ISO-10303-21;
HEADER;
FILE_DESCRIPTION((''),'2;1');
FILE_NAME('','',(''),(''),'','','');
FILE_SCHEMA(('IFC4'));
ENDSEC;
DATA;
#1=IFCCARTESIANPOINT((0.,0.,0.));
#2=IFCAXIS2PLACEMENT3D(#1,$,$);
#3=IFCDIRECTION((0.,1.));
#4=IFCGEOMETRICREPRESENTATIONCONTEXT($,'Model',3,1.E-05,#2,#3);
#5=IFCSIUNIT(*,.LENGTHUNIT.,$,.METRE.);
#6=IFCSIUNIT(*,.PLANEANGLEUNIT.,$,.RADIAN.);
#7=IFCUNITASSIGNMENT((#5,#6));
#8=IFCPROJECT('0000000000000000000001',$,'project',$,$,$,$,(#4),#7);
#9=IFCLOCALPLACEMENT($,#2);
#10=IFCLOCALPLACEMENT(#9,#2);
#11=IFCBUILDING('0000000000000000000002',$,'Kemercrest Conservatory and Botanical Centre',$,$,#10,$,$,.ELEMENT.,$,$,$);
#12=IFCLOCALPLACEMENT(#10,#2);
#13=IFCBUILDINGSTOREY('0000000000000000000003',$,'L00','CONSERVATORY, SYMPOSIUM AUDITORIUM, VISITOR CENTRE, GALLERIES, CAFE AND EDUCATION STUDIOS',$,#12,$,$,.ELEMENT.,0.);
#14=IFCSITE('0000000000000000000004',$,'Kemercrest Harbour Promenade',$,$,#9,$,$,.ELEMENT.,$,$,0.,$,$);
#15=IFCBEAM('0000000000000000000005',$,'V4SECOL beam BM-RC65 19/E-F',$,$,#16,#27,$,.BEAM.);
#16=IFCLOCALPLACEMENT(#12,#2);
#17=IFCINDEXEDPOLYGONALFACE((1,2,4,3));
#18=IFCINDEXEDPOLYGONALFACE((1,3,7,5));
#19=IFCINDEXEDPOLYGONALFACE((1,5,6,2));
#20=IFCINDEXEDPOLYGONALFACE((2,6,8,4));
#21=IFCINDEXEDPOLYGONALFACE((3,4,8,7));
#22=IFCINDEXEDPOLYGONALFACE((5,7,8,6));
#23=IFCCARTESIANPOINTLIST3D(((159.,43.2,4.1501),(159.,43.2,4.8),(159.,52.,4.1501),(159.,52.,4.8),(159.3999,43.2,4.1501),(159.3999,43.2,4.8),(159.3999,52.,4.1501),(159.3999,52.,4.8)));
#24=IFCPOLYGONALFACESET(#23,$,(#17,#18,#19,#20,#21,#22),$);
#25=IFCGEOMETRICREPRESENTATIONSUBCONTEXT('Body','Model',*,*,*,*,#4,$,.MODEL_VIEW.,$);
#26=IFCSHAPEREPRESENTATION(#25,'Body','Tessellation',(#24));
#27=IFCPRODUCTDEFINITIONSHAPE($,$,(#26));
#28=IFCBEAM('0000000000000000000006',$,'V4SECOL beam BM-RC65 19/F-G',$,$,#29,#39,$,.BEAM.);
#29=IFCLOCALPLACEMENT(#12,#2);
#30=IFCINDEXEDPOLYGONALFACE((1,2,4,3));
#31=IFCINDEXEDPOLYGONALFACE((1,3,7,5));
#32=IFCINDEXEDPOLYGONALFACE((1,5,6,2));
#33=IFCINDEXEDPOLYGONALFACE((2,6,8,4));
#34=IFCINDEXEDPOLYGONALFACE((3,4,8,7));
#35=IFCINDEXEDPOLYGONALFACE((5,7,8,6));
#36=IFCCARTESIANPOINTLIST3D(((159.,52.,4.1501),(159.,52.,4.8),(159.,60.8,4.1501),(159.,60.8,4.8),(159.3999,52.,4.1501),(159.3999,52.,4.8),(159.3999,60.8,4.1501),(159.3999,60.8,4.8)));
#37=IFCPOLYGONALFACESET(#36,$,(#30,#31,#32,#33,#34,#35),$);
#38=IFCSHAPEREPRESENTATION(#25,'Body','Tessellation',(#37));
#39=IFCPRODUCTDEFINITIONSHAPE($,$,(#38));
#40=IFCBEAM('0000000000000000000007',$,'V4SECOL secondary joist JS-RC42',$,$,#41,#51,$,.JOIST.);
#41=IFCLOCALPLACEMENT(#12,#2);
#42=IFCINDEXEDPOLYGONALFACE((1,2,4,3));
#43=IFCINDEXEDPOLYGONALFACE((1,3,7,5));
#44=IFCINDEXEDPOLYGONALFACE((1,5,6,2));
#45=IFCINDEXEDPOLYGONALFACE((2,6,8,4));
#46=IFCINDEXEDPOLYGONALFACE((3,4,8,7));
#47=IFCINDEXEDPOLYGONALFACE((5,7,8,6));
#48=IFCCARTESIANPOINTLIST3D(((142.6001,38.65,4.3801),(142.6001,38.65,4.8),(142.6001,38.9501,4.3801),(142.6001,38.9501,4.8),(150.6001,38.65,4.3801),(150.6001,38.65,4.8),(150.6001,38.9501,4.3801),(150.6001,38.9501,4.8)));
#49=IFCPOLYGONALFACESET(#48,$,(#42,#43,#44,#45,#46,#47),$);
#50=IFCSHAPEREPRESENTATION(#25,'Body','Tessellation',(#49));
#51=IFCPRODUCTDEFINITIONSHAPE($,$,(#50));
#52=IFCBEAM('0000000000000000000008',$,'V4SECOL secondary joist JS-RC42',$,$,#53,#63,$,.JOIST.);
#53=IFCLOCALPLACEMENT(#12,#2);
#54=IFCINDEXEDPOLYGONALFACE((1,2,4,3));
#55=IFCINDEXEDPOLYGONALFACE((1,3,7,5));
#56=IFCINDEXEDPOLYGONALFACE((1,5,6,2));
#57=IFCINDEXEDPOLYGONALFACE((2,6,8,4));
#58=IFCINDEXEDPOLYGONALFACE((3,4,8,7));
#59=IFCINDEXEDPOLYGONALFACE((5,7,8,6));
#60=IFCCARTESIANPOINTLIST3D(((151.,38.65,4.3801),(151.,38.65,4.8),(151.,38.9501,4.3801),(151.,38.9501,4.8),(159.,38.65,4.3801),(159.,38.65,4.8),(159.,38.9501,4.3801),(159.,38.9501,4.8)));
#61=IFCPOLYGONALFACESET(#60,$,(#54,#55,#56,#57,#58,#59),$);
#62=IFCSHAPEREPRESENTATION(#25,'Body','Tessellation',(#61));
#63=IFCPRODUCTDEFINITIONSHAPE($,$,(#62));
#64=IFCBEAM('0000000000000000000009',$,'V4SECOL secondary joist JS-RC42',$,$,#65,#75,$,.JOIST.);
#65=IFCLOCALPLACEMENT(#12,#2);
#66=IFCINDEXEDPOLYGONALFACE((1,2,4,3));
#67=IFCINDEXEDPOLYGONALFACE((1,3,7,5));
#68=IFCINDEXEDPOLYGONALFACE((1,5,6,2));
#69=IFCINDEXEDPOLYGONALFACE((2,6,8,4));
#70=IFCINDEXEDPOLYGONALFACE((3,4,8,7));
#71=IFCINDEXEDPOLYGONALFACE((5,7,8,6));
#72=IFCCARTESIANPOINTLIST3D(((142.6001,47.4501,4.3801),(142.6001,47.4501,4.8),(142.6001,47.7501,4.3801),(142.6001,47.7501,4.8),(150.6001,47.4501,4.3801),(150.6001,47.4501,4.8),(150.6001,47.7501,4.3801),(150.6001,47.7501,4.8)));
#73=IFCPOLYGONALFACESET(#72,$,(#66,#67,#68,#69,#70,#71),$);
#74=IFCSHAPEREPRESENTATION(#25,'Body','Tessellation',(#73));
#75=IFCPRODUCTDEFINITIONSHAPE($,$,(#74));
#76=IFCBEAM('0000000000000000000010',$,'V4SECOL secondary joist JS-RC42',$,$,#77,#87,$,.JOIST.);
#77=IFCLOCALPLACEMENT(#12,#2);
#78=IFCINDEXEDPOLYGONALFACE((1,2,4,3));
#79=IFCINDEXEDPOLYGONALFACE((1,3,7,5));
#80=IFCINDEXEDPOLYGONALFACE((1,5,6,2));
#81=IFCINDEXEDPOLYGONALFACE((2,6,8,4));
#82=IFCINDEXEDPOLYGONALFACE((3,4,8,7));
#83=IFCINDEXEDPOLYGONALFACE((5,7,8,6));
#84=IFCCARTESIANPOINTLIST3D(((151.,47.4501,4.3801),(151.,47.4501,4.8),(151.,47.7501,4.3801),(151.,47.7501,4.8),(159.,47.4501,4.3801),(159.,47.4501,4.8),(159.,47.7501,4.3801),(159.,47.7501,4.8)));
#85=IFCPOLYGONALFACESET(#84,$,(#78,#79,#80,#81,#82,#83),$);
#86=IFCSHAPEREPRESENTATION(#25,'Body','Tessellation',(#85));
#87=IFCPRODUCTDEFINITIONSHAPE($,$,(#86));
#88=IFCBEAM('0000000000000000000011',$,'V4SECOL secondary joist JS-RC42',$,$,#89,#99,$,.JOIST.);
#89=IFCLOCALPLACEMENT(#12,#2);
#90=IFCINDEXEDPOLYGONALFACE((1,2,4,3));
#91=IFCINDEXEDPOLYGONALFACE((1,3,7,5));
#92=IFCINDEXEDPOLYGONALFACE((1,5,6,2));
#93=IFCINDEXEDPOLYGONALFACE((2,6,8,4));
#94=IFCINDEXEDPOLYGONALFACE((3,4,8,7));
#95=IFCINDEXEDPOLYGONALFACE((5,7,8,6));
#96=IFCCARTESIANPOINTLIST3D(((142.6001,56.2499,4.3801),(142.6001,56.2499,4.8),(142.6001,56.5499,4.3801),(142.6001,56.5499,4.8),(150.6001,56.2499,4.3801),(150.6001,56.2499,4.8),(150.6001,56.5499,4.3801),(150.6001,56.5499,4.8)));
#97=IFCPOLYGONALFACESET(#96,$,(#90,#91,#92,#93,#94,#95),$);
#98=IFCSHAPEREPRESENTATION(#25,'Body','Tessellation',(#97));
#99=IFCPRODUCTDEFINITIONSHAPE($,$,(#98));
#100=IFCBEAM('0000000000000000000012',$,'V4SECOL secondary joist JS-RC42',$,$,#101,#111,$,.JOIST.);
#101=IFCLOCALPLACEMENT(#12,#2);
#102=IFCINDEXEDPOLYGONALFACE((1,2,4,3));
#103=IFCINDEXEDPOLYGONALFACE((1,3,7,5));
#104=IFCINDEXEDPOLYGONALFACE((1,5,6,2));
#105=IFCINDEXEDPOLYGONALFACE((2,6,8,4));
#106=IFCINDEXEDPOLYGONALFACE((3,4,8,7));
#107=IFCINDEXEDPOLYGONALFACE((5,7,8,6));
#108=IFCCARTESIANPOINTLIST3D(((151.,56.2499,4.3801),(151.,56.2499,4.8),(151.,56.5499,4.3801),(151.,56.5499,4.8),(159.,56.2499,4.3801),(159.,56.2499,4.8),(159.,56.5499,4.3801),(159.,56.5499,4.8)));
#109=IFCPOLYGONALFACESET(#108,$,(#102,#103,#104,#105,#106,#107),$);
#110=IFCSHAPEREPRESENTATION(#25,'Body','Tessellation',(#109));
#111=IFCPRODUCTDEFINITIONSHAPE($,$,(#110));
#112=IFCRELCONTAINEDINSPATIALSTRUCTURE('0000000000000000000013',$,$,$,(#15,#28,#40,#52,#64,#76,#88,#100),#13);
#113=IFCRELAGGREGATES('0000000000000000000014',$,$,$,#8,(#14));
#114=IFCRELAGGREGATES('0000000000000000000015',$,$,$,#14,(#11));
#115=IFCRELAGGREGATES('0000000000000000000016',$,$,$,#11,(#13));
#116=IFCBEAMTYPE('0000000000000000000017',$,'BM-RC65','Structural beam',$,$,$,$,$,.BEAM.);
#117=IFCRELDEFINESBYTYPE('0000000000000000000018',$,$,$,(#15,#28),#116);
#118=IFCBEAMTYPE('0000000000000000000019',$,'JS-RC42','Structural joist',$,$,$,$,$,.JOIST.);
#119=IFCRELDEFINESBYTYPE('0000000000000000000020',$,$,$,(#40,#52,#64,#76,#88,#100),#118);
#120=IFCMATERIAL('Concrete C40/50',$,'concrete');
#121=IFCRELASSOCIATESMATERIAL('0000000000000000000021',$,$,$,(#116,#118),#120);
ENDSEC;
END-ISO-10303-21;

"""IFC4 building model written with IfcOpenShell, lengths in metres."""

from ifc_helpers import new_model, si_unit, direction, frame, origin, origin_2d, place, context, subcontext, project, spatial, rectangle, extrude, material, material_profile, profile_set, type_object, element, save


model = new_model("IFC4")

# Units and contexts
model_context = context("Model", 3, precision=1e-05, world=origin(), true_north=direction((0.0, 1.0)))
body_context = subcontext(model_context, "Body", "Model", "MODEL_VIEW")
ifc_project = project(units=[si_unit("LENGTHUNIT", "METRE"), si_unit("PLANEANGLEUNIT", "RADIAN")], contexts=[model_context])

# Site, building, storey
site_placement = place(None, origin())
site = spatial("IfcSite", under=ifc_project, at=site_placement, Name="Kemercrest Harbour Promenade", CompositionType="ELEMENT", RefElevation=0.0)
building_placement = place(site_placement, origin())
building = spatial("IfcBuilding", under=site, at=building_placement, Name="Kemercrest Conservatory and Botanical Centre", CompositionType="ELEMENT")
storey_placement = place(building_placement, origin())
storey = spatial("IfcBuildingStorey", under=building, at=storey_placement, Name="L00", Description="CONSERVATORY, SYMPOSIUM AUDITORIUM, VISITOR CENTRE, GALLERIES, CAFE AND EDUCATION STUDIOS", CompositionType="ELEMENT", Elevation=0.0)

# Shared definitions
ifc_material = material(Name="Concrete C40/50", Category="concrete")

# Beams
ifc_material_profile_1 = material_profile(ifc_material, rectangle(XDim=0.3999, YDim=0.6499, at=origin_2d()), Name="RC 400x650")
ifc_profile_set_1 = profile_set([ifc_material_profile_1], Name="Concrete C40/50")
beam_type_1 = type_object("IfcBeamType", Name="BM-RC65", Description="Structural beam", PredefinedType="BEAM", material=ifc_profile_set_1)
for number, where, z_axis, x_axis, name in (
    (1, (159.2, 43.2, 4.4751), (0.0, 1.0, 0.0), (-1.0, 0.0, 0.0), "V4SECOL beam BM-RC65 19/E-F"),
    (2, (159.2, 52.0, 4.4751), (0.0, 1.0, 0.0), (-1.0, 0.0, 0.0), "V4SECOL beam BM-RC65 19/F-G"),
):
    element("IfcBeam", number, at=place(storey_placement, frame(where, z_axis=z_axis, x_axis=x_axis)), inside=storey, type_object=beam_type_1, Name=name, PredefinedType="BEAM", context=body_context, shape_type="SweptSolid", body=[
        extrude(rectangle(XDim=0.3999, YDim=0.6499, at=origin_2d()), origin(), (0.0, 0.0, 1.0), 8.8),
    ])
ifc_material_profile_2 = material_profile(ifc_material, rectangle(XDim=0.3, YDim=0.4199, at=origin_2d()), Name="RC 300x420")
ifc_profile_set_2 = profile_set([ifc_material_profile_2], Name="Concrete C40/50")
beam_type_2 = type_object("IfcBeamType", Name="JS-RC42", Description="Structural joist", PredefinedType="JOIST", material=ifc_profile_set_2)
for number, where, z_axis, x_axis, name in (
    (3, (142.6001, 38.8, 4.5901), (1.0, 0.0, 0.0), (0.0, 1.0, 0.0), "V4SECOL secondary joist JS-RC42"),
    (4, (151.0, 38.8, 4.5901), (1.0, 0.0, 0.0), (0.0, 1.0, 0.0), "V4SECOL secondary joist JS-RC42"),
    (5, (142.6001, 47.6001, 4.5901), (1.0, 0.0, 0.0), (0.0, 1.0, 0.0), "V4SECOL secondary joist JS-RC42"),
    (6, (151.0, 47.6001, 4.5901), (1.0, 0.0, 0.0), (0.0, 1.0, 0.0), "V4SECOL secondary joist JS-RC42"),
    (7, (142.6001, 56.3999, 4.5901), (1.0, 0.0, 0.0), (0.0, 1.0, 0.0), "V4SECOL secondary joist JS-RC42"),
    (8, (151.0, 56.3999, 4.5901), (1.0, 0.0, 0.0), (0.0, 1.0, 0.0), "V4SECOL secondary joist JS-RC42"),
):
    element("IfcBeam", number, at=place(storey_placement, frame(where, z_axis=z_axis, x_axis=x_axis)), inside=storey, type_object=beam_type_2, Name=name, PredefinedType="JOIST", context=body_context, shape_type="SweptSolid", body=[
        extrude(rectangle(XDim=0.3, YDim=0.4199, at=origin_2d()), origin(), (0.0, 0.0, 1.0), 8.0),
    ])

save(model, "model.ifc")
